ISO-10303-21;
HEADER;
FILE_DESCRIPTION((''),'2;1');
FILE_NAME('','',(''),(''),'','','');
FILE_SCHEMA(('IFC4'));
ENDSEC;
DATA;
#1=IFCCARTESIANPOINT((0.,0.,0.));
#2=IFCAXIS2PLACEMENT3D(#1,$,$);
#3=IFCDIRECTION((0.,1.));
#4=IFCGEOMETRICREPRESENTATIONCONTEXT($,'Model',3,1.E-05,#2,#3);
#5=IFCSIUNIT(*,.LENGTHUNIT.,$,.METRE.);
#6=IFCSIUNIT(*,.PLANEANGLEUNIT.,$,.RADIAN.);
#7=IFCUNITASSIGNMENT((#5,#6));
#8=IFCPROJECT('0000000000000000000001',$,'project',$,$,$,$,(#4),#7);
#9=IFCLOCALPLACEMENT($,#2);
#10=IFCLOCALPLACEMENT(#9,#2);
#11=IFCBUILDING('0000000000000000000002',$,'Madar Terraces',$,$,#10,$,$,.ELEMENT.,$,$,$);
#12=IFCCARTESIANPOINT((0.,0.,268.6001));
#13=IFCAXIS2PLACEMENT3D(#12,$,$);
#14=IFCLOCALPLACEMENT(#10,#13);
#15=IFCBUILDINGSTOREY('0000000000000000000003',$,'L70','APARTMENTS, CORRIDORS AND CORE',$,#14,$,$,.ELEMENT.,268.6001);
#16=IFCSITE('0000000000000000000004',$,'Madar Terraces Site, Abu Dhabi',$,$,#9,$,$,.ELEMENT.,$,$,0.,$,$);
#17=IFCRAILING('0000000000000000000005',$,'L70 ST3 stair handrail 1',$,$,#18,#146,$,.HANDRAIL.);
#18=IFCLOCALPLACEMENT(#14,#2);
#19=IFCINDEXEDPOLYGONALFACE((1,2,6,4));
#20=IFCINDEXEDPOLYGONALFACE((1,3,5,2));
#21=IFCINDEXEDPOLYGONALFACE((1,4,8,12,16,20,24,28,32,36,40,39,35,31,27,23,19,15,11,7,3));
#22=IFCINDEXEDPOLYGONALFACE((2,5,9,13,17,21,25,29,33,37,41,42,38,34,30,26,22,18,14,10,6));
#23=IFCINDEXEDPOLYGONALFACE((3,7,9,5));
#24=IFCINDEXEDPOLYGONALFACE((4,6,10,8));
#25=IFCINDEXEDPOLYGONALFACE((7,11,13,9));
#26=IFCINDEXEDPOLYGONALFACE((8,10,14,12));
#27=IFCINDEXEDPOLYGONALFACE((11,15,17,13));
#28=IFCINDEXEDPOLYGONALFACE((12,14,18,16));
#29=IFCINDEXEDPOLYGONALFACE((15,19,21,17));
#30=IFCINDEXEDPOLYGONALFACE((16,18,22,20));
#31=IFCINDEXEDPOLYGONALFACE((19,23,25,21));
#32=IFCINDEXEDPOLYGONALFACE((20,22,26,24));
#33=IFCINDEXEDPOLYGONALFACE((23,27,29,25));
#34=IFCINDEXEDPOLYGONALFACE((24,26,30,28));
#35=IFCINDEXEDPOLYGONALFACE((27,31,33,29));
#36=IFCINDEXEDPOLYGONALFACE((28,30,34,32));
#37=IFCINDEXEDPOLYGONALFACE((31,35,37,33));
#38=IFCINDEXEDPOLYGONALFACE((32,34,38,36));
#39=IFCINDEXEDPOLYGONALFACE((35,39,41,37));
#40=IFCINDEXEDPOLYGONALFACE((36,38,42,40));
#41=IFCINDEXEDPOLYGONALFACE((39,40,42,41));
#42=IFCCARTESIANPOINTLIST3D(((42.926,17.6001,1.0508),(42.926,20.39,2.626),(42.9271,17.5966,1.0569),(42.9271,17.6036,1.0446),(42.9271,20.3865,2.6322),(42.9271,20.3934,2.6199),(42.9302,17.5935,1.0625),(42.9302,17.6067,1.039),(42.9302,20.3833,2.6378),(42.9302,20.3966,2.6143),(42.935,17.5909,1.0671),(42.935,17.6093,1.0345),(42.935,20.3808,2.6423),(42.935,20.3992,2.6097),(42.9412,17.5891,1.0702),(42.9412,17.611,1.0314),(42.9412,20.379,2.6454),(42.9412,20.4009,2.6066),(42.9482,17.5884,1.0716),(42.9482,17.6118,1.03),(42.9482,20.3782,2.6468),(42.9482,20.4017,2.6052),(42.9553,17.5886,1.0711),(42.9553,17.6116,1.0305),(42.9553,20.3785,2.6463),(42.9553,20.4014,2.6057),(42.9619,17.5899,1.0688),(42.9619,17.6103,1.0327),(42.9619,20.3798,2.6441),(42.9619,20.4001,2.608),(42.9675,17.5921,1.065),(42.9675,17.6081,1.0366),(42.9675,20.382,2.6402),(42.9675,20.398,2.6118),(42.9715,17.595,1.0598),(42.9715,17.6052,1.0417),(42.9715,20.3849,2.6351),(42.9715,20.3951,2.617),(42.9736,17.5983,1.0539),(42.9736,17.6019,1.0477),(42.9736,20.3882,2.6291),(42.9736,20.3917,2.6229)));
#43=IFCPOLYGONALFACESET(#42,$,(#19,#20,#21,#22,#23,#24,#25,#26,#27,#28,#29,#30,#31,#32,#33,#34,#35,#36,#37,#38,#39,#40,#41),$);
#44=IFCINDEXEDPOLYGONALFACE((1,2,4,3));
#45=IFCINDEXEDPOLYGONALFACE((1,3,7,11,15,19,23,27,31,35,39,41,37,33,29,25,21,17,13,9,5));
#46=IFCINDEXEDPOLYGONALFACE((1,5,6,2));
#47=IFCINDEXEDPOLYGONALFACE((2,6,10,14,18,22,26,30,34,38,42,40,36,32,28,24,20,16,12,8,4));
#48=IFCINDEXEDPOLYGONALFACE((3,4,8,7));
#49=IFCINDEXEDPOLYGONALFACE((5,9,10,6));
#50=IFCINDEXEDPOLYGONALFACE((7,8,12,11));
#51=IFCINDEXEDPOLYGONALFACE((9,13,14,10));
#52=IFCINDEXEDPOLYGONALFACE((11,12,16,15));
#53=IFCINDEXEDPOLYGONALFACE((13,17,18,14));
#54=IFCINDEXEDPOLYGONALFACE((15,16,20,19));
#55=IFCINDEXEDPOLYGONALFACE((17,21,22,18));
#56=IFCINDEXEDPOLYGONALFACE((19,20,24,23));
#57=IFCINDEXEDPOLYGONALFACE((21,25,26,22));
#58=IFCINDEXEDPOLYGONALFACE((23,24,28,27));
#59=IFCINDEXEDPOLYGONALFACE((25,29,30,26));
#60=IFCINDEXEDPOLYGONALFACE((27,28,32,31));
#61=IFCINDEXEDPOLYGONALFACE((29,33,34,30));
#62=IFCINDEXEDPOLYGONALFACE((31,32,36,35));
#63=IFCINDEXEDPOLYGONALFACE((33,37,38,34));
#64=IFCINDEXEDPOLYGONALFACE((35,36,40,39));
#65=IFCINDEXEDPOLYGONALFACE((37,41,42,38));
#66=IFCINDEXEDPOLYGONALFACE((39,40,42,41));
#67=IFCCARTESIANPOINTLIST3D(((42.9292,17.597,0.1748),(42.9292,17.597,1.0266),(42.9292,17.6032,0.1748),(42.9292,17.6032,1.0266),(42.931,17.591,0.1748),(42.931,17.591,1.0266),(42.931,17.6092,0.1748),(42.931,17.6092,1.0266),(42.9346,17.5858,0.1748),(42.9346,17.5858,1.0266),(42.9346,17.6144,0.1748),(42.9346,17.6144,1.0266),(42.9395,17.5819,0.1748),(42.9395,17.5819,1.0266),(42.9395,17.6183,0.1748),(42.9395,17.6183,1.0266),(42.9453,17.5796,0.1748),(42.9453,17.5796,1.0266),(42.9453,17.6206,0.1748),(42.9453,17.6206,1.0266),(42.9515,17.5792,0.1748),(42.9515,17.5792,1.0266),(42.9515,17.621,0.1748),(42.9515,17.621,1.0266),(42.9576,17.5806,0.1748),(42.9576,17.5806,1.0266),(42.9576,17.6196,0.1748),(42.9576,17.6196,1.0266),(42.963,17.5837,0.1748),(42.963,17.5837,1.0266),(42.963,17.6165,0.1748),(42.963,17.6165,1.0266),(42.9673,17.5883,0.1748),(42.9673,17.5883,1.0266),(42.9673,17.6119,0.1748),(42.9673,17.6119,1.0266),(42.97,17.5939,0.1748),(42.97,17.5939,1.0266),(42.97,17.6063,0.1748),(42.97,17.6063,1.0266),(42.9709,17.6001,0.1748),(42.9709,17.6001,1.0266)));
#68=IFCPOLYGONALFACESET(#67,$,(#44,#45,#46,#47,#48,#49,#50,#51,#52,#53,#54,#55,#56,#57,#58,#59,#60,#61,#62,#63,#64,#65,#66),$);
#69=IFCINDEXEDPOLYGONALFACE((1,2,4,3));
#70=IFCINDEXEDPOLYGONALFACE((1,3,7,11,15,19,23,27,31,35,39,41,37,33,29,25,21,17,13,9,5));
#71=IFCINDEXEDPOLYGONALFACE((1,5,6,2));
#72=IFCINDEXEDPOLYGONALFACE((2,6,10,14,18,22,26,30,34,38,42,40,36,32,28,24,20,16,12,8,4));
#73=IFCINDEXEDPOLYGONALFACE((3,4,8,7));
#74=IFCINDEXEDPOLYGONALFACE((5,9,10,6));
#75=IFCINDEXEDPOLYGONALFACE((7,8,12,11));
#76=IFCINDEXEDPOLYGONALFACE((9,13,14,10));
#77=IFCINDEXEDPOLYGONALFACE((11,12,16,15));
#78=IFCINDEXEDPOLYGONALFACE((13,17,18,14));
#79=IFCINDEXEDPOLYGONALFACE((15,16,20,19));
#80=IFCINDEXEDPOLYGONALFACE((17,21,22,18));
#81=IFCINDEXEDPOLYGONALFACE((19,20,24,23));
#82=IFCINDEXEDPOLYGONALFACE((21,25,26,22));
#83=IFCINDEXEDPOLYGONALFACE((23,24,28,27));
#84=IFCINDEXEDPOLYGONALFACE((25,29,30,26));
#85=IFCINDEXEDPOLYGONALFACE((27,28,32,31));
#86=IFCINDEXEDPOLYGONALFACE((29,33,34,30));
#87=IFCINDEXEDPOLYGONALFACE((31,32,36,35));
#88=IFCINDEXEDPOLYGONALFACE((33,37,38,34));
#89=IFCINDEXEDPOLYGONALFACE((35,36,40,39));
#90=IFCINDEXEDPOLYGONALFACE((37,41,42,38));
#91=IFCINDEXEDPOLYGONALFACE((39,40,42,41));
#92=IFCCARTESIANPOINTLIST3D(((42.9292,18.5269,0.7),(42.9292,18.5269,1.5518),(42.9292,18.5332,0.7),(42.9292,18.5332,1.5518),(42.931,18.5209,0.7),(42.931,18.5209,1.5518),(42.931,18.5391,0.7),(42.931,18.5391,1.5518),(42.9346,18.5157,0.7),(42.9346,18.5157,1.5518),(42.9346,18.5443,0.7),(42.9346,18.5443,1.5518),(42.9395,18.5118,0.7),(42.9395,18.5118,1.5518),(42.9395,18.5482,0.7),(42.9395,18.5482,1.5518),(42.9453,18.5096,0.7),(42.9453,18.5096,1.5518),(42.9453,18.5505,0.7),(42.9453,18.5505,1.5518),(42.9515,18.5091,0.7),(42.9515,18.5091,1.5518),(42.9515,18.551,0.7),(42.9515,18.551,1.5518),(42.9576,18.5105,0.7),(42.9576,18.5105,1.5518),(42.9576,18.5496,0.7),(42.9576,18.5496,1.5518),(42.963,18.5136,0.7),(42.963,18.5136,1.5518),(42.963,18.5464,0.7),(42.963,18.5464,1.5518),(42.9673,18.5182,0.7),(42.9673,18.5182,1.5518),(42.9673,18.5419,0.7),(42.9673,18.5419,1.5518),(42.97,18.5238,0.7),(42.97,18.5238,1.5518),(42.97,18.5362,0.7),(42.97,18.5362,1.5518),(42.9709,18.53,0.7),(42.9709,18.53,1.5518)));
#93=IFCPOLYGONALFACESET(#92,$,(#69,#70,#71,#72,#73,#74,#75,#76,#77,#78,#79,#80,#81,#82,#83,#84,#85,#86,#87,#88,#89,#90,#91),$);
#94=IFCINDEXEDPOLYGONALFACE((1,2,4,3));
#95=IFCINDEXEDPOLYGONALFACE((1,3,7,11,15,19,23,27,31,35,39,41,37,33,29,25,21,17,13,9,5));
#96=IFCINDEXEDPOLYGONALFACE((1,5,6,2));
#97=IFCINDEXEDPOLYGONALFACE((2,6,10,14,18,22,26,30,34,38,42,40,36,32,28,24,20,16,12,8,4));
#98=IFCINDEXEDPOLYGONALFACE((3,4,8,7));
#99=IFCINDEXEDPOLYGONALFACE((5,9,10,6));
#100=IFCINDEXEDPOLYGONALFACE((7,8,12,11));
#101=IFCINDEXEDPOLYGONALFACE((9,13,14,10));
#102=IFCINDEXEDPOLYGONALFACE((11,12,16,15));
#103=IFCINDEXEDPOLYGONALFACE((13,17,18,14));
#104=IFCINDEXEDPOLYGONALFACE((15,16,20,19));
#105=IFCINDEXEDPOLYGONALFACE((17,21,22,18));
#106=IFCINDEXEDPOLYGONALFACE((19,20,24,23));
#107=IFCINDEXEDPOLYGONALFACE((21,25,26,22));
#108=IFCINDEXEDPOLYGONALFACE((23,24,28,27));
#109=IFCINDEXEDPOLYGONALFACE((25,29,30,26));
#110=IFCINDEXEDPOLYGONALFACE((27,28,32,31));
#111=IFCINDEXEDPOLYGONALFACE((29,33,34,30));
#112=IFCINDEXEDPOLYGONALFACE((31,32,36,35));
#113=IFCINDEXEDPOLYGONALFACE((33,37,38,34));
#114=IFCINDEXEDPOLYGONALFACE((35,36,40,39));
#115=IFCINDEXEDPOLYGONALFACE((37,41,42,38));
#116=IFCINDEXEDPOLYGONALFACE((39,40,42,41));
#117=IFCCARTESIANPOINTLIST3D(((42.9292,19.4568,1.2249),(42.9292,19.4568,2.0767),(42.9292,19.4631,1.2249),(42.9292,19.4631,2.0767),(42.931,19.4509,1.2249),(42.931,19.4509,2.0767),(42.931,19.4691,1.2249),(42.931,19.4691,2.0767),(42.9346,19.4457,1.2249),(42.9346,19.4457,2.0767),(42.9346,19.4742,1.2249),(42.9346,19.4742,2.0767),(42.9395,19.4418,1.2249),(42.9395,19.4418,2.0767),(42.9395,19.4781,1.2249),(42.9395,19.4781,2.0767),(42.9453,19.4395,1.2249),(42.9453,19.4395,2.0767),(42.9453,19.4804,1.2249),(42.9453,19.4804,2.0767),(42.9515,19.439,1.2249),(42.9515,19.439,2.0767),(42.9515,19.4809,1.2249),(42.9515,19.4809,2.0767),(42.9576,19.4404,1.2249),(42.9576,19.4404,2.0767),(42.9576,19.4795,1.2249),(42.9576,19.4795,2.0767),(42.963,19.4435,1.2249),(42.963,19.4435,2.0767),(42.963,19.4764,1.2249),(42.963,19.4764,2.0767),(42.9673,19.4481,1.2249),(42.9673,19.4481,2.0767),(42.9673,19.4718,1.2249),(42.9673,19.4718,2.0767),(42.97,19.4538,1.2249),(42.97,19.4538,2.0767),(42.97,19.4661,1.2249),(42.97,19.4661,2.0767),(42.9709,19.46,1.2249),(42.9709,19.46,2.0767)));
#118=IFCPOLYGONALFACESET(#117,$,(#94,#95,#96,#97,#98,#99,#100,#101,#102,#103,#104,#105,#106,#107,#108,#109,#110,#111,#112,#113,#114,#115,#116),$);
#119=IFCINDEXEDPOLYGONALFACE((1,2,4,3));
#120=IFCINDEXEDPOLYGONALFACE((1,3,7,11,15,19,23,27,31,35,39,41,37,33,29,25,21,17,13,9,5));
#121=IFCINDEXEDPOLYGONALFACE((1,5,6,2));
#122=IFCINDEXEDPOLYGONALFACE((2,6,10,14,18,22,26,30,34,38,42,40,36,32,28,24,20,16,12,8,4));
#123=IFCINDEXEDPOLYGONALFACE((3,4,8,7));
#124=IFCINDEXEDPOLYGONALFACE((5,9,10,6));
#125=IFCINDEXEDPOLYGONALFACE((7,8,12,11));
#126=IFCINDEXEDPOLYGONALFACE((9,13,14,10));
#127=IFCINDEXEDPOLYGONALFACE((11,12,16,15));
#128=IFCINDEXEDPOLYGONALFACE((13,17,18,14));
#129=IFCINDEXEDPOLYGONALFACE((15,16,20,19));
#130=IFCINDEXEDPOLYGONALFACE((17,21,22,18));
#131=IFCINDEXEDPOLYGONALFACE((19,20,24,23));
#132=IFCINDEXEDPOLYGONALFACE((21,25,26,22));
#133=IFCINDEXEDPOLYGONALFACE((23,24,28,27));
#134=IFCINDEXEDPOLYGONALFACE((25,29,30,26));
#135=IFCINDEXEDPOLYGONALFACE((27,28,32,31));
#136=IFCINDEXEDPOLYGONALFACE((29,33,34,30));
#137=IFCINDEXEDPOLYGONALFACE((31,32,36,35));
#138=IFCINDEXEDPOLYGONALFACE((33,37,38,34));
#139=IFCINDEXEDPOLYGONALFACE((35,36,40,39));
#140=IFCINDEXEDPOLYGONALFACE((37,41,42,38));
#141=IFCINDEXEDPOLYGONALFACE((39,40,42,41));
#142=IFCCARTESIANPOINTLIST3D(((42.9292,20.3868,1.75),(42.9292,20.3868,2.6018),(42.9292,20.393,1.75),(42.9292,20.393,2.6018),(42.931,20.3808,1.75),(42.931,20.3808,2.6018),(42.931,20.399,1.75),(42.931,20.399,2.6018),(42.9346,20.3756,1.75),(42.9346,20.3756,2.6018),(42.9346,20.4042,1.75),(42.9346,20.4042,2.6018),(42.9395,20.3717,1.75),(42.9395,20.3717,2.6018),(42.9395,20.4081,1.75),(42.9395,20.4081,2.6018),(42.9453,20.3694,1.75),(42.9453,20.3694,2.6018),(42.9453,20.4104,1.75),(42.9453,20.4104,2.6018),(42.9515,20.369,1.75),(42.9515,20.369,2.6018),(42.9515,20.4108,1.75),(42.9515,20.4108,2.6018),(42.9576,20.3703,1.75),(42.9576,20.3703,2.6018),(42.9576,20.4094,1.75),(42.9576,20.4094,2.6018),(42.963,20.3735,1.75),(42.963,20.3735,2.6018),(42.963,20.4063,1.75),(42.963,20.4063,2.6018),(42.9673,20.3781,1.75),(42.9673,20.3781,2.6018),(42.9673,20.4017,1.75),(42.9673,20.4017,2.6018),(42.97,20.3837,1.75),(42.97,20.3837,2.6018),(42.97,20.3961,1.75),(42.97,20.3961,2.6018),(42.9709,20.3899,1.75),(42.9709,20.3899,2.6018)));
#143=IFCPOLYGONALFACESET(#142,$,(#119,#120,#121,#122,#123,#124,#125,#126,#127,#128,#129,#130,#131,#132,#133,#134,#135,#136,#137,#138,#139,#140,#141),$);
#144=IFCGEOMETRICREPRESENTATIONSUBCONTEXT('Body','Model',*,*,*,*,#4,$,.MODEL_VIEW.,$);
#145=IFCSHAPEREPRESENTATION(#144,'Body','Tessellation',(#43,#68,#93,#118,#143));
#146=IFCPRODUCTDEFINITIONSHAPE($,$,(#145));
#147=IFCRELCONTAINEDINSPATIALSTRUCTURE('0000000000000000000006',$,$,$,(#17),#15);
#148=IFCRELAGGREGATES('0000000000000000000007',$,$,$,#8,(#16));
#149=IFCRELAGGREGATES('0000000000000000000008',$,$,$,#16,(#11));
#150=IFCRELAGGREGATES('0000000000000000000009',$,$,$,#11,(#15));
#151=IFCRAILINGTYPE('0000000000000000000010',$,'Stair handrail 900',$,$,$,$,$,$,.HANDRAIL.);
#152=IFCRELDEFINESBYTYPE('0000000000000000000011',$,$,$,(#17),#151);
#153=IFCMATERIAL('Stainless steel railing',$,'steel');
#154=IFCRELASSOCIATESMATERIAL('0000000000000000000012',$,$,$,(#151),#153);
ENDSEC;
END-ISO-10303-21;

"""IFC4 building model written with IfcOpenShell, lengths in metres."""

from ifc_helpers import new_model, si_unit, direction, frame, origin, origin_2d, place, context, subcontext, project, spatial, circle, extrude, material, type_object, element, save


model = new_model("IFC4")

# Units and contexts
model_context = context("Model", 3, precision=1e-05, world=origin(), true_north=direction((0.0, 1.0)))
body_context = subcontext(model_context, "Body", "Model", "MODEL_VIEW")
ifc_project = project(units=[si_unit("LENGTHUNIT", "METRE"), si_unit("PLANEANGLEUNIT", "RADIAN")], contexts=[model_context])

# Site, building, storey
site_placement = place(None, origin())
site = spatial("IfcSite", under=ifc_project, at=site_placement, Name="Madar Terraces Site, Abu Dhabi", CompositionType="ELEMENT", RefElevation=0.0)
building_placement = place(site_placement, origin())
building = spatial("IfcBuilding", under=site, at=building_placement, Name="Madar Terraces", CompositionType="ELEMENT")
storey_placement = place(building_placement, frame((0.0, 0.0, 268.6001)))
storey = spatial("IfcBuildingStorey", under=building, at=storey_placement, Name="L70", Description="APARTMENTS, CORRIDORS AND CORE", CompositionType="ELEMENT", Elevation=268.6001)

# Railing
ifc_material_1 = material(Name="Stainless steel railing", Category="steel")
railing_type_1 = type_object("IfcRailingType", Name="Stair handrail 900", PredefinedType="HANDRAIL", material=ifc_material_1)
railing_1_placement = place(storey_placement, frame((42.95, 17.6001, 0.1748)))
element("IfcRailing", 1, at=railing_1_placement, inside=storey, type_object=railing_type_1, Name="L70 ST3 stair handrail 1", PredefinedType="HANDRAIL", context=body_context, shape_type="SweptSolid", body=[
    extrude(circle(Radius=0.0239, at=origin_2d()), frame((0.0, 0.0, 0.876), z_axis=(0.0, 0.870783, 0.491668), x_axis=(-1.0, 0.0, 0.0)), (0.0, 0.0, 1.0), 3.2039),
    extrude(circle(Radius=0.021, at=origin_2d()), origin(), (0.0, 0.0, 1.0), 0.8518),
    extrude(circle(Radius=0.021, at=origin_2d()), frame((0.0, 0.9299, 0.5251)), (0.0, 0.0, 1.0), 0.8518),
    extrude(circle(Radius=0.021, at=origin_2d()), frame((0.0, 1.8599, 1.05)), (0.0, 0.0, 1.0), 0.8518),
    extrude(circle(Radius=0.021, at=origin_2d()), frame((0.0, 2.7898, 1.5752)), (0.0, 0.0, 1.0), 0.8518),
])

save(model, "model.ifc")
